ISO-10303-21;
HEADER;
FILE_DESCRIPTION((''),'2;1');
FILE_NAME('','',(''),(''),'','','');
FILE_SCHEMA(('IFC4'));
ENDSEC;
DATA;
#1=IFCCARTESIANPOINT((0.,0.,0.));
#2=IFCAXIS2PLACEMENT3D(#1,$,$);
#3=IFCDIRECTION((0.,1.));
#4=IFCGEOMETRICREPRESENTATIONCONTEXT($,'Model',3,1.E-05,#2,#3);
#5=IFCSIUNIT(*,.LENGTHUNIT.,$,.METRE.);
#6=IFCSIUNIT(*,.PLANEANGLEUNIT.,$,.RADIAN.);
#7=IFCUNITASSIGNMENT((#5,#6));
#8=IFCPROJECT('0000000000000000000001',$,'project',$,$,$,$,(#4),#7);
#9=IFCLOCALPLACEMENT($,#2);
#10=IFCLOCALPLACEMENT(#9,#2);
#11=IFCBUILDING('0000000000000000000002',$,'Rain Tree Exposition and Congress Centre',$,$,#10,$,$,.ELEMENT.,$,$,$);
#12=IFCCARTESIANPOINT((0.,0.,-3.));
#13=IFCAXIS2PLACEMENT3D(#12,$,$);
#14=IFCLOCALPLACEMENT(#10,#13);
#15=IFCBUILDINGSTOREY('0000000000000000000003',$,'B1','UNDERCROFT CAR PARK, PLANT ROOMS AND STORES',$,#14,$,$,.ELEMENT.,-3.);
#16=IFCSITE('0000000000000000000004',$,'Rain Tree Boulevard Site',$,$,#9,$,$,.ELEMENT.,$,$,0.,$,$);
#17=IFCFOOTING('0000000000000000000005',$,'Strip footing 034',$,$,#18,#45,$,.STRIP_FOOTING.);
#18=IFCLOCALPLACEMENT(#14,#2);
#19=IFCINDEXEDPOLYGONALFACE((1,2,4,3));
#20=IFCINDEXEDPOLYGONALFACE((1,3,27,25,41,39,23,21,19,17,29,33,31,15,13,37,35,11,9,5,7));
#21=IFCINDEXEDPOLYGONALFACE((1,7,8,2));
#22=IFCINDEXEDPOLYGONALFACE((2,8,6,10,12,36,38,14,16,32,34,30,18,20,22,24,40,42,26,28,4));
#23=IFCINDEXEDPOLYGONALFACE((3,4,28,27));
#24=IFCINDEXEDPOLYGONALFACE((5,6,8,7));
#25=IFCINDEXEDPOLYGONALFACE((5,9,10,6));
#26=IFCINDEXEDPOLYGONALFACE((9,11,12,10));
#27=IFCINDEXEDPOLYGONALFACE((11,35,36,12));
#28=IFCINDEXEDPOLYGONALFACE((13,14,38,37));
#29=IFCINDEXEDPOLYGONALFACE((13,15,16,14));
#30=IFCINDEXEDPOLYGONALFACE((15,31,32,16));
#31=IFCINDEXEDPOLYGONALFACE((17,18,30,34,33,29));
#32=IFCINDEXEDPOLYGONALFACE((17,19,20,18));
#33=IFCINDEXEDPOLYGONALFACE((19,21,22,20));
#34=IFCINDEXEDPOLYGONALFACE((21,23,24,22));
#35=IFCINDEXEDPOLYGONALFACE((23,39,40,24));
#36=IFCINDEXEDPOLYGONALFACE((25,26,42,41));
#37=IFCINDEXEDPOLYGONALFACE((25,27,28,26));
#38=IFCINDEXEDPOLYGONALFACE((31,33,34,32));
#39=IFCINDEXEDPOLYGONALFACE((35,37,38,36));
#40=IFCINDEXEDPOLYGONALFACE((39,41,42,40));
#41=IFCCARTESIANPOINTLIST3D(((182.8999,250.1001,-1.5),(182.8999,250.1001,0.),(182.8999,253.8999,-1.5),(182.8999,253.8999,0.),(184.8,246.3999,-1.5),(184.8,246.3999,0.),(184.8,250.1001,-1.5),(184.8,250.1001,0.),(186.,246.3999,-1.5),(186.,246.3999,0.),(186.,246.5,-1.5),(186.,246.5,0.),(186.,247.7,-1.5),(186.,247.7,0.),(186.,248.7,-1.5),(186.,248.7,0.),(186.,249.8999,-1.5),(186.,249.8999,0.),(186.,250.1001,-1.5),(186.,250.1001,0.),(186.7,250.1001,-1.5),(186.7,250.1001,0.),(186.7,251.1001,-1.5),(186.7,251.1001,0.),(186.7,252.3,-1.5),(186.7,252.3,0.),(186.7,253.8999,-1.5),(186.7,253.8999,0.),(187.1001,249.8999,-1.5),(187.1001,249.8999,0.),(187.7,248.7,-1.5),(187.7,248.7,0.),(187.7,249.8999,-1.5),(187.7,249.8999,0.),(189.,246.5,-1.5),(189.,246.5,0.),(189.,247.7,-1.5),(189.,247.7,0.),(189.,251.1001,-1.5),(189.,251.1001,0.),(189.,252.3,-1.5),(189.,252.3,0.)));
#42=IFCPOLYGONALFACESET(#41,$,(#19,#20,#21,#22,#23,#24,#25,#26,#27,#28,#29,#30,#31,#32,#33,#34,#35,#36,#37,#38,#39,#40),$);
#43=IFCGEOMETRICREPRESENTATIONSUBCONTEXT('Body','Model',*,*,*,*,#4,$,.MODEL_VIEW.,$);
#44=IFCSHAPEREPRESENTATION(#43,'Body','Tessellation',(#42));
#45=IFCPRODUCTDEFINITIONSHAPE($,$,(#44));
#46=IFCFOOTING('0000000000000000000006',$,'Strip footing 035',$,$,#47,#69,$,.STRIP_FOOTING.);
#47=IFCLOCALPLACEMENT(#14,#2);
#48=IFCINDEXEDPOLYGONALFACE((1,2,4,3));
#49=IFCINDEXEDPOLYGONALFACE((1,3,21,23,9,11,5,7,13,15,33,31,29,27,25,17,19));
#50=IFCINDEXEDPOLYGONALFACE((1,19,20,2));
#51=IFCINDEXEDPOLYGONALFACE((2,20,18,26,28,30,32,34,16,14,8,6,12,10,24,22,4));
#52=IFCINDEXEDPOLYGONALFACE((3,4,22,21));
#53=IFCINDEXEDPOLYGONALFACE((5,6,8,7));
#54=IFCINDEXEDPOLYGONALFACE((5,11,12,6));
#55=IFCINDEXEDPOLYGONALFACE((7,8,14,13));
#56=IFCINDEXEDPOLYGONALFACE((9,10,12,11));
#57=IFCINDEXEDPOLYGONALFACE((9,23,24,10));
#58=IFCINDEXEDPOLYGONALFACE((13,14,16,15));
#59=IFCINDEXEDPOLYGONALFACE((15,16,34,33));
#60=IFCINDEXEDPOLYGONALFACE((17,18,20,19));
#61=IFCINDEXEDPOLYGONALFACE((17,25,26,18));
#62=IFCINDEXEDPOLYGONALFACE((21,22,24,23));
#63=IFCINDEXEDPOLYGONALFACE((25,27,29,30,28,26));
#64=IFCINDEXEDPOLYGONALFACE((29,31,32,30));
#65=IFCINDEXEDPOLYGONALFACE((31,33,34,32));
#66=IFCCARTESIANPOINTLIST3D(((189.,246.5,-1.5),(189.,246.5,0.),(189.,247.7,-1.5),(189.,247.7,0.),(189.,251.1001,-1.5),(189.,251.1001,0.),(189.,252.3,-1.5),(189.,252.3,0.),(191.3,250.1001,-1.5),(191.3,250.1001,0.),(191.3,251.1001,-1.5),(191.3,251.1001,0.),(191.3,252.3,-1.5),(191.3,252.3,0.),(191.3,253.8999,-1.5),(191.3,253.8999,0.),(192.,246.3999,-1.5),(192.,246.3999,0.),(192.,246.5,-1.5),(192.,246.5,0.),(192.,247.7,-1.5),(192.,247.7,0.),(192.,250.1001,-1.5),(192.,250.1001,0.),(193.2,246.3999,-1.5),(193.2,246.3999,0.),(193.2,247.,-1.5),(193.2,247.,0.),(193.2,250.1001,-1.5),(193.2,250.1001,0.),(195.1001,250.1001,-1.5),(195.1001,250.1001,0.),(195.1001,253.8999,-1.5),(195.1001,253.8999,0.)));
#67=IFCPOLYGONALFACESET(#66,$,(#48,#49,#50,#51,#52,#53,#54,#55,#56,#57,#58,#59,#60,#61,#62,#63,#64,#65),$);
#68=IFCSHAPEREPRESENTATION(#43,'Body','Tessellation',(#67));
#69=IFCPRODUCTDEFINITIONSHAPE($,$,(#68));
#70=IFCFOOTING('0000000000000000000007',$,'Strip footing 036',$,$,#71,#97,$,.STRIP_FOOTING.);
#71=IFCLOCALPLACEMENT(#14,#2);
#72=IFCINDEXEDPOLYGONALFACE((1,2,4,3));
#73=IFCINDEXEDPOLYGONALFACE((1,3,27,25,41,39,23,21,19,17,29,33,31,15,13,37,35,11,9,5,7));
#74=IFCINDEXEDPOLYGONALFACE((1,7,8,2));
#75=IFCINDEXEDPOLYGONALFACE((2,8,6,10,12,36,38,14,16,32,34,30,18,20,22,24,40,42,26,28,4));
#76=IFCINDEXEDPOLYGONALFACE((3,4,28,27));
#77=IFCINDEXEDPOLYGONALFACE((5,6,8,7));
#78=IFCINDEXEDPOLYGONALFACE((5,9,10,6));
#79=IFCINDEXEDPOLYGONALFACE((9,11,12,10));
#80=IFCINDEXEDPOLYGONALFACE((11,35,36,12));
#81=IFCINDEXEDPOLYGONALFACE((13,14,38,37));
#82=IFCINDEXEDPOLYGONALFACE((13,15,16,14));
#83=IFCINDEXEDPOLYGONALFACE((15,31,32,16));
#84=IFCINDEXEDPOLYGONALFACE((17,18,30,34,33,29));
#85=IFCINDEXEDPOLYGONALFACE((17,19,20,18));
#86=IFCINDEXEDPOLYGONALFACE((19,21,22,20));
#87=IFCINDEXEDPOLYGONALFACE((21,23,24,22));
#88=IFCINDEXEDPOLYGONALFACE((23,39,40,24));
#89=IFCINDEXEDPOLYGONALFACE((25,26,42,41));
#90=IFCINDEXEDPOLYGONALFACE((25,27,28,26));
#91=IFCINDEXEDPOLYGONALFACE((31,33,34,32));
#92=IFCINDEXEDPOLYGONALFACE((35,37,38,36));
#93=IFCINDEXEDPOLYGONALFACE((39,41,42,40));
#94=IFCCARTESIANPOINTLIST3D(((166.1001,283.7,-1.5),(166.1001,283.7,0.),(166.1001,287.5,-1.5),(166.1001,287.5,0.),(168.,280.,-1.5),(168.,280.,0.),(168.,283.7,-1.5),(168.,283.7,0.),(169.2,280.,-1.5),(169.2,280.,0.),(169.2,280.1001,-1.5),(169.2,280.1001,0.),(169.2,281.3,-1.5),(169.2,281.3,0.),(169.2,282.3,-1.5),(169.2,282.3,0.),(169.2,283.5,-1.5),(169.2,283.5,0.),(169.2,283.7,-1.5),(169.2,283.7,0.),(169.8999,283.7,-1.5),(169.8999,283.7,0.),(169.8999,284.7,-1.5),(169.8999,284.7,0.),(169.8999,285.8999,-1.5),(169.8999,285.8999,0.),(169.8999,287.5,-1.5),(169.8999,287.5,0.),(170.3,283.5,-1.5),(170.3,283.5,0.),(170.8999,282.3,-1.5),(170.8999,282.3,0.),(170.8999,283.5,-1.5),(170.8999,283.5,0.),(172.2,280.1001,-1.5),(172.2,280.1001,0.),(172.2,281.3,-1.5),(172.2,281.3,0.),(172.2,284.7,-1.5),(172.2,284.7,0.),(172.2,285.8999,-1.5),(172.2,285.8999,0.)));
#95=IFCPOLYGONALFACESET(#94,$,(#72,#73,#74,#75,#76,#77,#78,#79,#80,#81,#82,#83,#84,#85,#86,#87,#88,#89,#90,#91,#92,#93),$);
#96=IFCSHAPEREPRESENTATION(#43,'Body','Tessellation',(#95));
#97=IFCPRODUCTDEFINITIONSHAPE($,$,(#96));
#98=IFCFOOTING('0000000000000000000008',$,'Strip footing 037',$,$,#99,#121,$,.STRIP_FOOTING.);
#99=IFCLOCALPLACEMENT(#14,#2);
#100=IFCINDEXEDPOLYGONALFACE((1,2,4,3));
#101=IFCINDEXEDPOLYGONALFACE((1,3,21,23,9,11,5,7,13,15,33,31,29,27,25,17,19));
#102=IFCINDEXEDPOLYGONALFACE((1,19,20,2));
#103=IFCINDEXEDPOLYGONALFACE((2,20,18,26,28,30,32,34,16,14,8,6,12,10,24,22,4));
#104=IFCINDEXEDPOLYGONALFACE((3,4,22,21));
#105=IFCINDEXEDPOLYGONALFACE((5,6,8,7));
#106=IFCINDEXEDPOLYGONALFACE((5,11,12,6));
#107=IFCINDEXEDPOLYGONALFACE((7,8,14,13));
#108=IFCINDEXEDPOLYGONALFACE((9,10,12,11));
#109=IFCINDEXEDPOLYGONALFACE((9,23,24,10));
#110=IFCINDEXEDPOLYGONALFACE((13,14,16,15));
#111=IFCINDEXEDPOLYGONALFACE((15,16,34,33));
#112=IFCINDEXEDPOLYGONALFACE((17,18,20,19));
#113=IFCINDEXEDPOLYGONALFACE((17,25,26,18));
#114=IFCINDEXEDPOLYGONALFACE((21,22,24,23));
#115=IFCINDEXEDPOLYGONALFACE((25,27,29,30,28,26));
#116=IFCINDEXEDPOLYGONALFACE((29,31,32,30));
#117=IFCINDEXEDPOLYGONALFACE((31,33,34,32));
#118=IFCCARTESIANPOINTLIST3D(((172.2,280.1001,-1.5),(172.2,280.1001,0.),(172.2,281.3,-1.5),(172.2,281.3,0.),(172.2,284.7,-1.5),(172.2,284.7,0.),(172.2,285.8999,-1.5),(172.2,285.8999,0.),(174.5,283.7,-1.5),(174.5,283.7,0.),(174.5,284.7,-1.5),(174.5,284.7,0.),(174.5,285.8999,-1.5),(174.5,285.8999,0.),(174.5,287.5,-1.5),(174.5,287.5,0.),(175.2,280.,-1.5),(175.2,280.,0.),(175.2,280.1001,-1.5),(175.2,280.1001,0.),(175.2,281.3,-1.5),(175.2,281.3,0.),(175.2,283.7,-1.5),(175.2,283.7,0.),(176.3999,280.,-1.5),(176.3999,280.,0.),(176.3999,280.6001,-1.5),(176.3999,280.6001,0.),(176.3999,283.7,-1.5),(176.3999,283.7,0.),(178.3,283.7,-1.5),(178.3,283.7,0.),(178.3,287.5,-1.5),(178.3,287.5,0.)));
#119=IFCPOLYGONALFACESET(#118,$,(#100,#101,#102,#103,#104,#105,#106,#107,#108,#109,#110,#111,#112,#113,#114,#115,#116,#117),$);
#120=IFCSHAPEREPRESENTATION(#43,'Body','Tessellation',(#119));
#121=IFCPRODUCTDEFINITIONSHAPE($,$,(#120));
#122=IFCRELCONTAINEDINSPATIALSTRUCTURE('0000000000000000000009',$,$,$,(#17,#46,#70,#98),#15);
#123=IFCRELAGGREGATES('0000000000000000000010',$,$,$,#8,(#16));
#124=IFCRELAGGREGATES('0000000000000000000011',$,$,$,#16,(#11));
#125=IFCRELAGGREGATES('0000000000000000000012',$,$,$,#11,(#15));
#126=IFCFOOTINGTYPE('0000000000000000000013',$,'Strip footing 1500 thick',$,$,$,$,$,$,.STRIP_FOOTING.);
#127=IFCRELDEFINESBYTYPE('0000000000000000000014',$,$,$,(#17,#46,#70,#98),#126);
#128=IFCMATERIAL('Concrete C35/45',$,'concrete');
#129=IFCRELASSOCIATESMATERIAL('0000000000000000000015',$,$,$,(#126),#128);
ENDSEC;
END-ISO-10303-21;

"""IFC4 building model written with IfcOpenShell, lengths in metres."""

from ifc_helpers import new_model, si_unit, direction, frame, origin, place, context, subcontext, project, spatial, polyline, outline, extrude, material, type_object, element, save


model = new_model("IFC4")

# Units and contexts
model_context = context("Model", 3, precision=1e-05, world=origin(), true_north=direction((0.0, 1.0)))
body_context = subcontext(model_context, "Body", "Model", "MODEL_VIEW")
ifc_project = project(units=[si_unit("LENGTHUNIT", "METRE"), si_unit("PLANEANGLEUNIT", "RADIAN")], contexts=[model_context])

# Site, building, storey
site_placement = place(None, origin())
site = spatial("IfcSite", under=ifc_project, at=site_placement, Name="Rain Tree Boulevard Site", CompositionType="ELEMENT", RefElevation=0.0)
building_placement = place(site_placement, origin())
building = spatial("IfcBuilding", under=site, at=building_placement, Name="Rain Tree Exposition and Congress Centre", CompositionType="ELEMENT")
storey_placement = place(building_placement, frame((0.0, 0.0, -3.0)))
storey = spatial("IfcBuildingStorey", under=building, at=storey_placement, Name="B1", Description="UNDERCROFT CAR PARK, PLANT ROOMS AND STORES", CompositionType="ELEMENT", Elevation=-3.0)

# Footings
ifc_material_1 = material(Name="Concrete C35/45", Category="concrete")
footing_type_1 = type_object("IfcFootingType", Name="Strip footing 1500 thick", PredefinedType="STRIP_FOOTING", material=ifc_material_1)
footing_1_placement = place(storey_placement, frame((0.0, 0.0, -1.5)))
element("IfcFooting", 1, at=footing_1_placement, inside=storey, type_object=footing_type_1, Name="Strip footing 034", PredefinedType="STRIP_FOOTING", context=body_context, shape_type="SweptSolid", body=[
    extrude(outline(polyline([(186.0, 246.3999), (186.0, 246.5), (189.0, 246.5), (189.0, 247.7), (186.0, 247.7), (186.0, 248.7), (187.7, 248.7), (187.7, 249.8999), (187.1001, 249.8999), (186.0, 249.8999), (186.0, 250.1001), (186.7, 250.1001), (186.7, 251.1001), (189.0, 251.1001), (189.0, 252.3), (186.7, 252.3), (186.7, 253.8999), (182.8999, 253.8999), (182.8999, 250.1001), (184.8, 250.1001), (184.8, 246.3999), (186.0, 246.3999)])), origin(), (0.0, 0.0, 1.0), 1.5),
])
footing_2_placement = place(storey_placement, frame((0.0, 0.0, -1.5)))
element("IfcFooting", 2, at=footing_2_placement, inside=storey, type_object=footing_type_1, Name="Strip footing 035", PredefinedType="STRIP_FOOTING", context=body_context, shape_type="SweptSolid", body=[
    extrude(outline(polyline([(191.3, 252.3), (189.0, 252.3), (189.0, 251.1001), (191.3, 251.1001), (191.3, 250.1001), (192.0, 250.1001), (192.0, 247.7), (189.0, 247.7), (189.0, 246.5), (192.0, 246.5), (192.0, 246.3999), (193.2, 246.3999), (193.2, 247.0), (193.2, 250.1001), (195.1001, 250.1001), (195.1001, 253.8999), (191.3, 253.8999), (191.3, 252.3)])), origin(), (0.0, 0.0, 1.0), 1.5),
])
footing_3_placement = place(storey_placement, frame((0.0, 0.0, -1.5)))
element("IfcFooting", 3, at=footing_3_placement, inside=storey, type_object=footing_type_1, Name="Strip footing 036", PredefinedType="STRIP_FOOTING", context=body_context, shape_type="SweptSolid", body=[
    extrude(outline(polyline([(169.2, 280.0), (169.2, 280.1001), (172.2, 280.1001), (172.2, 281.3), (169.2, 281.3), (169.2, 282.3), (170.8999, 282.3), (170.8999, 283.5), (170.3, 283.5), (169.2, 283.5), (169.2, 283.7), (169.8999, 283.7), (169.8999, 284.7), (172.2, 284.7), (172.2, 285.8999), (169.8999, 285.8999), (169.8999, 287.5), (166.1001, 287.5), (166.1001, 283.7), (168.0, 283.7), (168.0, 280.0), (169.2, 280.0)])), origin(), (0.0, 0.0, 1.0), 1.5),
])
footing_4_placement = place(storey_placement, frame((0.0, 0.0, -1.5)))
element("IfcFooting", 4, at=footing_4_placement, inside=storey, type_object=footing_type_1, Name="Strip footing 037", PredefinedType="STRIP_FOOTING", context=body_context, shape_type="SweptSolid", body=[
    extrude(outline(polyline([(174.5, 285.8999), (172.2, 285.8999), (172.2, 284.7), (174.5, 284.7), (174.5, 283.7), (175.2, 283.7), (175.2, 281.3), (172.2, 281.3), (172.2, 280.1001), (175.2, 280.1001), (175.2, 280.0), (176.3999, 280.0), (176.3999, 280.6001), (176.3999, 283.7), (178.3, 283.7), (178.3, 287.5), (174.5, 287.5), (174.5, 285.8999)])), origin(), (0.0, 0.0, 1.0), 1.5),
])

save(model, "model.ifc")
